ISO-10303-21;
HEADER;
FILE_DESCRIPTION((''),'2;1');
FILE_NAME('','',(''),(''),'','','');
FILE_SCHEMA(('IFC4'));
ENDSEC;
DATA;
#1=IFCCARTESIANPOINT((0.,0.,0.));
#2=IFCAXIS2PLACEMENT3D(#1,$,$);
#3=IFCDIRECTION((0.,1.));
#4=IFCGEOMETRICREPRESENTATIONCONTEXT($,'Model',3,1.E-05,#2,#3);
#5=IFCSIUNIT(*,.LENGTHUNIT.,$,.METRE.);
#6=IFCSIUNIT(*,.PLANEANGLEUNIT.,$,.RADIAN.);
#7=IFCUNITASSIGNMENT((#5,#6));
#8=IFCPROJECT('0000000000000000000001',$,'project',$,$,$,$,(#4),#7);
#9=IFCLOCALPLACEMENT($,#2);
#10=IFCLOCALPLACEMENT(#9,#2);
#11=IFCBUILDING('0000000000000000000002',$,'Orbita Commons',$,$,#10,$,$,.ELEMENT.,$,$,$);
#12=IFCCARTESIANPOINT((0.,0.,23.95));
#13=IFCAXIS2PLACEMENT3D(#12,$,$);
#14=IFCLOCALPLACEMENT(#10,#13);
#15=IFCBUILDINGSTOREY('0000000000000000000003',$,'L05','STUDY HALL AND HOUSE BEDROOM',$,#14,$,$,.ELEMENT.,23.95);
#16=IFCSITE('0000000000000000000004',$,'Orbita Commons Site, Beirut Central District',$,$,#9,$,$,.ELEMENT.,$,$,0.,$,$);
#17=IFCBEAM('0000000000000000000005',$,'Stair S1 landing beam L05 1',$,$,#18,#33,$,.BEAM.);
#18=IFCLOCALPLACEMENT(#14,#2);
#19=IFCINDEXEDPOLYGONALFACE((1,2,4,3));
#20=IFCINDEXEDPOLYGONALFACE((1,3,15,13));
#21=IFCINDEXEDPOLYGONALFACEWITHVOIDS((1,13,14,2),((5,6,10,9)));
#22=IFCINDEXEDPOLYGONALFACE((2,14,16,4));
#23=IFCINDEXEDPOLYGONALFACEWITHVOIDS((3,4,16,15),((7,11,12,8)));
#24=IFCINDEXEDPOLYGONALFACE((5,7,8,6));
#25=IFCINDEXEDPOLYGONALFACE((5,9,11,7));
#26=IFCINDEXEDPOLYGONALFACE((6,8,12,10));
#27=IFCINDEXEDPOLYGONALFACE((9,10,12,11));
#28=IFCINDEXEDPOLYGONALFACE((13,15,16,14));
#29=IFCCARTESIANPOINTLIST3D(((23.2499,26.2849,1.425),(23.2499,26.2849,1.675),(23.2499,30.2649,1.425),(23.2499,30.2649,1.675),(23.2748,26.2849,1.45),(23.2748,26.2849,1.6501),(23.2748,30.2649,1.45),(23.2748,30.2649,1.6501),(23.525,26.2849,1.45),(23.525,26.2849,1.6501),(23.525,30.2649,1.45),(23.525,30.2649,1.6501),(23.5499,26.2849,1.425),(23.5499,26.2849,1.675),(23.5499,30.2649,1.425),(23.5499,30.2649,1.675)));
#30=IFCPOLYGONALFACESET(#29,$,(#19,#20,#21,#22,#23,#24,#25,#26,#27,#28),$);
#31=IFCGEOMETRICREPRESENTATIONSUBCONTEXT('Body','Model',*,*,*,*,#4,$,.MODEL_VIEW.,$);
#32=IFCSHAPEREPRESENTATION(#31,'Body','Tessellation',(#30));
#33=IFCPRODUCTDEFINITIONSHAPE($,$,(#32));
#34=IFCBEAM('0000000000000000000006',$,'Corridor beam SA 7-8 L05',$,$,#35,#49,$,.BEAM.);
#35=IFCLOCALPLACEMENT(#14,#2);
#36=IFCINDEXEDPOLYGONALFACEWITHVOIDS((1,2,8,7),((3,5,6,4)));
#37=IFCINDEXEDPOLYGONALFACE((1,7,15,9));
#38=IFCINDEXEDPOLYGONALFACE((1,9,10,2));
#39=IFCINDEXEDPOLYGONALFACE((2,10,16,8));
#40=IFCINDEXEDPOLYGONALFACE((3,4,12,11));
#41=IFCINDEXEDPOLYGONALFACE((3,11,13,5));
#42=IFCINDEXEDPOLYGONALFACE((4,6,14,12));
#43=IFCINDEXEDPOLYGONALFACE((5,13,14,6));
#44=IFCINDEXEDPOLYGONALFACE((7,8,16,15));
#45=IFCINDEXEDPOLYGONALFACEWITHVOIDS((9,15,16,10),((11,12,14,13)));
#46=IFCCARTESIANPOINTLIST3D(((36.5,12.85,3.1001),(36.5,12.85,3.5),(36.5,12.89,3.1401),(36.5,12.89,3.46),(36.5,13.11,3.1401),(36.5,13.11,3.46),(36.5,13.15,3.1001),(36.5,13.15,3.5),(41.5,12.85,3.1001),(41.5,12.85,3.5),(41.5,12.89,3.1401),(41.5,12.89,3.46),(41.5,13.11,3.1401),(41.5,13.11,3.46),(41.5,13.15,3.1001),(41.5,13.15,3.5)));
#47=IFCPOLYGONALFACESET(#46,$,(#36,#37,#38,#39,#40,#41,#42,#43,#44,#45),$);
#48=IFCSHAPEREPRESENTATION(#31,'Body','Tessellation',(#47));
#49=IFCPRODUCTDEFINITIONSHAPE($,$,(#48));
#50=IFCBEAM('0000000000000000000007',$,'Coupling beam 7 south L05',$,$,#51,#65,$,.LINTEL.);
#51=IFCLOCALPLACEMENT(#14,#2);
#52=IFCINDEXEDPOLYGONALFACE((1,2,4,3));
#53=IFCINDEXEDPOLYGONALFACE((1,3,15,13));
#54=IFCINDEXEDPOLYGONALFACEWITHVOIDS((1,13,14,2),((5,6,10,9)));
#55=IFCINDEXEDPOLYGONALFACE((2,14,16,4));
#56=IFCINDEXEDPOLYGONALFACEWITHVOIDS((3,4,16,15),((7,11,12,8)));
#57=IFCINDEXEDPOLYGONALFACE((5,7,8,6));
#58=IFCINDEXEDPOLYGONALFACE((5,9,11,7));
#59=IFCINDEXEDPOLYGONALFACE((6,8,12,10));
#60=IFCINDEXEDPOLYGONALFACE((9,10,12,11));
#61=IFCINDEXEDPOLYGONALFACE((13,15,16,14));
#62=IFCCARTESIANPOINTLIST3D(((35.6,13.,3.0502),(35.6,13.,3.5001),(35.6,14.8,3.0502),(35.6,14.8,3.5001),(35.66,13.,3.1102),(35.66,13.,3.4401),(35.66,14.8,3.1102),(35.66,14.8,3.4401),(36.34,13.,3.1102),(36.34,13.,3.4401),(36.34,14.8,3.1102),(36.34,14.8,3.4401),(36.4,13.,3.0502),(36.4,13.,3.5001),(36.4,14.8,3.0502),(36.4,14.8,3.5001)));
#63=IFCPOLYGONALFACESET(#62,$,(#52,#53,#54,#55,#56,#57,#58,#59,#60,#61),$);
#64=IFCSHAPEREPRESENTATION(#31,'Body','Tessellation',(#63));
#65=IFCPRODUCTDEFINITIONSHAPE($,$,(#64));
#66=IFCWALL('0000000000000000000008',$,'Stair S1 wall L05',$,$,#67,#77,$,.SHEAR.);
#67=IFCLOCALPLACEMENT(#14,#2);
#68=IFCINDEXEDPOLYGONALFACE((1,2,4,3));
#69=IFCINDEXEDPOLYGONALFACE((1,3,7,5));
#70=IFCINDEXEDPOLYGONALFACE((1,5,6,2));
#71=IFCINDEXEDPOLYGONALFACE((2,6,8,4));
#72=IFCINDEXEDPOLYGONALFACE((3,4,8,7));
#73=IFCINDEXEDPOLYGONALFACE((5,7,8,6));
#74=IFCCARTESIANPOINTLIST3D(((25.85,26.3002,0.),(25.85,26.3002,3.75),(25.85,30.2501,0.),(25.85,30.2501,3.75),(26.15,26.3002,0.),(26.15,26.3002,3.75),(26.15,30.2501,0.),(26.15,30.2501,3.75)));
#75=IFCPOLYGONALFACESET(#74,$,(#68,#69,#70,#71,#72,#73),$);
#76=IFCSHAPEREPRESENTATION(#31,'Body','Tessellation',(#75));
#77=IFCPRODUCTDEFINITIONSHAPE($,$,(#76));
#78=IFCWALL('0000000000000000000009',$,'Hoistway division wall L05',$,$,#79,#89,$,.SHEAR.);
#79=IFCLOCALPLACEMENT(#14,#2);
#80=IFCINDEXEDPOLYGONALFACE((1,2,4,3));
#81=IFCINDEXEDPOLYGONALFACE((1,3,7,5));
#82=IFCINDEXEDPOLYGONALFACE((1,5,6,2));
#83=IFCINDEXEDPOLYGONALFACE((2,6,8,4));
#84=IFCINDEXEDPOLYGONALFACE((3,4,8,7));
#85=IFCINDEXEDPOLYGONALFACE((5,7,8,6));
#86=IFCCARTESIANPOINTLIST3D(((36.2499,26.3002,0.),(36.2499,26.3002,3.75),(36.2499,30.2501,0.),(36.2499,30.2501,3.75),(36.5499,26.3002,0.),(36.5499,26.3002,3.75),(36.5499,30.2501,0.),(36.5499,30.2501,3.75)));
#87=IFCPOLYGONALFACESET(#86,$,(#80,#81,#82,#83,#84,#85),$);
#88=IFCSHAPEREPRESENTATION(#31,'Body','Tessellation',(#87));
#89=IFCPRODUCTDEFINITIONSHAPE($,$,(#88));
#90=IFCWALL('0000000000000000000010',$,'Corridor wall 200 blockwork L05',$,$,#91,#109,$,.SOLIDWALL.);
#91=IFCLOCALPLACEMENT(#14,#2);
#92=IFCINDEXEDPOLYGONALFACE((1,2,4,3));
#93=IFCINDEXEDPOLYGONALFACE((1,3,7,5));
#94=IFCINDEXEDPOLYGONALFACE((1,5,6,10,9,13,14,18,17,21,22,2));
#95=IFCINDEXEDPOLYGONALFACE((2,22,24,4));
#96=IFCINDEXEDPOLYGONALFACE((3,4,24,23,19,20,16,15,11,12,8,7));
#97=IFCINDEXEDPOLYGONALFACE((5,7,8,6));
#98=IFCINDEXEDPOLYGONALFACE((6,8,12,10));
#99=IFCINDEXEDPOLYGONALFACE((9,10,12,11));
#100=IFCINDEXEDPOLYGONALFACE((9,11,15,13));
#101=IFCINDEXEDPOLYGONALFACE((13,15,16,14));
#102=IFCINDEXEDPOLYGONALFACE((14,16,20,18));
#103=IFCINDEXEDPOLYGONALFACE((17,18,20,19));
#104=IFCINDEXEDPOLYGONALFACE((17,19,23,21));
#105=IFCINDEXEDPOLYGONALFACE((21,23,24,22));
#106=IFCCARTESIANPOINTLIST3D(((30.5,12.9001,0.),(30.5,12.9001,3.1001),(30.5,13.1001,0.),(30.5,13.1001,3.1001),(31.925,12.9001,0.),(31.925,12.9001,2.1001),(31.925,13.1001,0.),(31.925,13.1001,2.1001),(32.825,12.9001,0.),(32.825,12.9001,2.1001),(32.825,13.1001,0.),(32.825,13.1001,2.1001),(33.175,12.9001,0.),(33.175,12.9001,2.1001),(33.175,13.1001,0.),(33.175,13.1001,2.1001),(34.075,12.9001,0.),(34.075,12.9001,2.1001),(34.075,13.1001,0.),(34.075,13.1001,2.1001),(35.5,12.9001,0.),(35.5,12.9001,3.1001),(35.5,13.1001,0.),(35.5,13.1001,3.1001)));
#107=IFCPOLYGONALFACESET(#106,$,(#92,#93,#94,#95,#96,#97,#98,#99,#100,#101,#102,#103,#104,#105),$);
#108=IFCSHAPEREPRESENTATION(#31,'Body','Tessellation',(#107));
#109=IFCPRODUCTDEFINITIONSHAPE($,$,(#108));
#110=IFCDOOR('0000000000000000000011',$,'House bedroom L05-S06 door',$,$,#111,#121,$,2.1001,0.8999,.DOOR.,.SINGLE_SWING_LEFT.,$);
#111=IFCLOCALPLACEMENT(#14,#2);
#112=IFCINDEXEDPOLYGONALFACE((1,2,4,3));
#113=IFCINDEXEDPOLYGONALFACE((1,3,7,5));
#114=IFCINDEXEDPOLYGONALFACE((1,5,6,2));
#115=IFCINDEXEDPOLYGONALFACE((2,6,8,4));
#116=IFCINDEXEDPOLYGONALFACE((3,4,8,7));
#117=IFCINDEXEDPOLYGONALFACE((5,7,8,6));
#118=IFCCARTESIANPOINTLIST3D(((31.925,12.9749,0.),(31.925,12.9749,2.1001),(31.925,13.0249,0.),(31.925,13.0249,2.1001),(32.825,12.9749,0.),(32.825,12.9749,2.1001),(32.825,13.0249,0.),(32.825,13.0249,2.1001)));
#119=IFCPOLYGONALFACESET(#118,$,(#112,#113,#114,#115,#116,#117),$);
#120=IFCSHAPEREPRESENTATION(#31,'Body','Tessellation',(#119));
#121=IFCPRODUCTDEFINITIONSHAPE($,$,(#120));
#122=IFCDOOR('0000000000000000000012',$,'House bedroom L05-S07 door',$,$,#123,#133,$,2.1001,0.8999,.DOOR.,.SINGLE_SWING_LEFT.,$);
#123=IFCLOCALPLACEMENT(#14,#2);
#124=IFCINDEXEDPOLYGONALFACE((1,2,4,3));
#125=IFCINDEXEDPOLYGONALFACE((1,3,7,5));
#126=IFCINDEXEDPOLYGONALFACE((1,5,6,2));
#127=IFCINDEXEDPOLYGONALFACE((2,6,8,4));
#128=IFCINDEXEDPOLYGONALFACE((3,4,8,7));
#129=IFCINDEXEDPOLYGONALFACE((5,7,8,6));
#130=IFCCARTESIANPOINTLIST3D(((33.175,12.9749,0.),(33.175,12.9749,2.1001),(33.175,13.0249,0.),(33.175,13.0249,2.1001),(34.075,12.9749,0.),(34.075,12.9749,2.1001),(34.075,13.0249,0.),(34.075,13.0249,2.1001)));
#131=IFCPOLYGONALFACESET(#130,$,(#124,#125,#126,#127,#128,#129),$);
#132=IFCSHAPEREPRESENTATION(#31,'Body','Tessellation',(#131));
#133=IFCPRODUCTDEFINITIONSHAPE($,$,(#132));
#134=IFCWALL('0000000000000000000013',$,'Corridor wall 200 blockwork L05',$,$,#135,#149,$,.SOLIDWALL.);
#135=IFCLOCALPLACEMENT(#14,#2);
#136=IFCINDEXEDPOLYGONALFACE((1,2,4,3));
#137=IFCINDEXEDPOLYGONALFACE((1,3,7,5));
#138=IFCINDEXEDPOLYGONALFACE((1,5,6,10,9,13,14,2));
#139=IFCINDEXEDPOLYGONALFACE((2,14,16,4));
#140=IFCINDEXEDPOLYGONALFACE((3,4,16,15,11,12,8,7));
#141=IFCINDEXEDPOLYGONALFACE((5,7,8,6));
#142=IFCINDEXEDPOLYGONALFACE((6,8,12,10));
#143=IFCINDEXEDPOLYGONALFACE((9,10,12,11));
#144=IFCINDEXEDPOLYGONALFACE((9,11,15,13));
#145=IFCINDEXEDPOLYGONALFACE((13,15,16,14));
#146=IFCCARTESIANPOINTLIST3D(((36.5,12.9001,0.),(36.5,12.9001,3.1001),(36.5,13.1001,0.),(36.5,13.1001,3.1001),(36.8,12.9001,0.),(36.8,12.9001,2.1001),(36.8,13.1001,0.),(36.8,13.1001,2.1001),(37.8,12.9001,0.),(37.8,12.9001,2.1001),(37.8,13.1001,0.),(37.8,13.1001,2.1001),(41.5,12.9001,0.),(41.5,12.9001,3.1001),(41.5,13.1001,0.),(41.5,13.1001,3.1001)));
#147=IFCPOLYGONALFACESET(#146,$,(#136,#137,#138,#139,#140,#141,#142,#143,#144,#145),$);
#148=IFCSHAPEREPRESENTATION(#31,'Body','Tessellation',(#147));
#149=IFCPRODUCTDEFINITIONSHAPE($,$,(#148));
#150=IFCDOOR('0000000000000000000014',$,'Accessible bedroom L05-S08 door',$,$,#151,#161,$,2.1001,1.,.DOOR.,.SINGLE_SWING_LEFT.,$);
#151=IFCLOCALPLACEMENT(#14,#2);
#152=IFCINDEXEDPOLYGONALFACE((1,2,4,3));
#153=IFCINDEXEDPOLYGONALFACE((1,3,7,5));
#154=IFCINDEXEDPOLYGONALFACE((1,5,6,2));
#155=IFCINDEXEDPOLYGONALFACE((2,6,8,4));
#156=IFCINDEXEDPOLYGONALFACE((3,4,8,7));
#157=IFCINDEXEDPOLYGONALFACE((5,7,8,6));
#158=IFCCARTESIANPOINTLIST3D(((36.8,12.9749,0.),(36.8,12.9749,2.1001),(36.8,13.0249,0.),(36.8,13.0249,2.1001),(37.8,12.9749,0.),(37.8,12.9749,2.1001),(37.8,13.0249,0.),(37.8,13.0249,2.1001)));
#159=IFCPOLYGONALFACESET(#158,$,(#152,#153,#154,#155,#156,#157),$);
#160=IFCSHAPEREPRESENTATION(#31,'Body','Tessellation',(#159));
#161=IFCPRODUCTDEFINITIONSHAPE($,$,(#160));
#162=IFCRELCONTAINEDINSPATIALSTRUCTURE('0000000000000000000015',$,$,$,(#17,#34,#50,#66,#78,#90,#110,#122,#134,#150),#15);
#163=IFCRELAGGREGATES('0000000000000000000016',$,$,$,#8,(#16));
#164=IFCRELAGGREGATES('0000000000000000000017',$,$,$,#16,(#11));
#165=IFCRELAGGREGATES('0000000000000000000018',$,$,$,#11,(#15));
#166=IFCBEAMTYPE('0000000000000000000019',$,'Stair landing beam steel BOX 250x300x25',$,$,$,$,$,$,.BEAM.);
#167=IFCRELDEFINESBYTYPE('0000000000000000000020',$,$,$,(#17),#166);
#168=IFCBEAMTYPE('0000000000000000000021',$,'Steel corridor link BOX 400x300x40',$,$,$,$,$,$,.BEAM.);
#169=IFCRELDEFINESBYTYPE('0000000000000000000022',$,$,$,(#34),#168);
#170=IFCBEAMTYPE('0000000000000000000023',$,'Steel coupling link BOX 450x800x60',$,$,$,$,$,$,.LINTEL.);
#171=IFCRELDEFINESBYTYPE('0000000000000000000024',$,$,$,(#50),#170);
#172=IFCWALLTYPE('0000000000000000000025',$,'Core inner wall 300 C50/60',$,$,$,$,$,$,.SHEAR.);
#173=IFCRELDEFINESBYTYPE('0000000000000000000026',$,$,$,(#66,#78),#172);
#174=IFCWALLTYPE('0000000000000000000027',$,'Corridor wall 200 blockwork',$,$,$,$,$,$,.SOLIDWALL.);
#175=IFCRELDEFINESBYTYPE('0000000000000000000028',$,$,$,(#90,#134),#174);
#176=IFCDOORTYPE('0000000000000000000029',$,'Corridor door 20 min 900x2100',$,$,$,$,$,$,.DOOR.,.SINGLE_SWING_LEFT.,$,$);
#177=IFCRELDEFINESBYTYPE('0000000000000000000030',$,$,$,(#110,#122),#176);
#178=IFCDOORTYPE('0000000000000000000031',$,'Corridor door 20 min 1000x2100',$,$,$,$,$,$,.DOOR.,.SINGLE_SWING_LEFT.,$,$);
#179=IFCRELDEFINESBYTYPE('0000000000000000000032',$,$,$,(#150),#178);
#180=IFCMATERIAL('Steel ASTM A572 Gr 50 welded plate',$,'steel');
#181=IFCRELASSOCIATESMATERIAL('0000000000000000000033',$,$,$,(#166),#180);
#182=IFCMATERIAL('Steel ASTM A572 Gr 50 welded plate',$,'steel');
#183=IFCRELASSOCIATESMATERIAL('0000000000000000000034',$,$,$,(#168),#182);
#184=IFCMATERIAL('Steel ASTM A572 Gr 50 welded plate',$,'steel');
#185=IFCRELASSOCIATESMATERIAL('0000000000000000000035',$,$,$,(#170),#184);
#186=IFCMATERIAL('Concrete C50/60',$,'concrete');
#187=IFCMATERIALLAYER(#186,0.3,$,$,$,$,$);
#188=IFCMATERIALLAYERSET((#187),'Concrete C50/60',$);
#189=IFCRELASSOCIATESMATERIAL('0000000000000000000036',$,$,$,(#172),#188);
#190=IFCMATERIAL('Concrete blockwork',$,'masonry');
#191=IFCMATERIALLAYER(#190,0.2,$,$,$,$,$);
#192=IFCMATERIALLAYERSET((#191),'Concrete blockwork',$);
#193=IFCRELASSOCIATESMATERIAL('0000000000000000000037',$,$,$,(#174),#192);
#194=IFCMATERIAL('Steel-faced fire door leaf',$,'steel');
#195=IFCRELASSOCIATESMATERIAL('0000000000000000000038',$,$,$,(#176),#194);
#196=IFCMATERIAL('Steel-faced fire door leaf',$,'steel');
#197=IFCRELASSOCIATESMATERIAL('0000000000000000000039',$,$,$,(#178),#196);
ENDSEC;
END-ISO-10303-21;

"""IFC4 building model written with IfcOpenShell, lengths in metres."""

from ifc_helpers import new_model, si_unit, direction, frame, frame_2d, origin, origin_2d, place, context, subcontext, project, spatial, polyline, rectangle, hollow_rectangle, outline, extrude, material, layer, layer_set, material_profile, profile_set, type_object, element, fill, save


model = new_model("IFC4")

# Units and contexts
model_context = context("Model", 3, precision=1e-05, world=origin(), true_north=direction((0.0, 1.0)))
body_context = subcontext(model_context, "Body", "Model", "MODEL_VIEW")
ifc_project = project(units=[si_unit("LENGTHUNIT", "METRE"), si_unit("PLANEANGLEUNIT", "RADIAN")], contexts=[model_context])

# Site, building, storey
site_placement = place(None, origin())
site = spatial("IfcSite", under=ifc_project, at=site_placement, Name="Orbita Commons Site, Beirut Central District", CompositionType="ELEMENT", RefElevation=0.0)
building_placement = place(site_placement, origin())
building = spatial("IfcBuilding", under=site, at=building_placement, Name="Orbita Commons", CompositionType="ELEMENT")
storey_placement = place(building_placement, frame((0.0, 0.0, 23.95)))
storey = spatial("IfcBuildingStorey", under=building, at=storey_placement, Name="L05", Description="STUDY HALL AND HOUSE BEDROOM", CompositionType="ELEMENT", Elevation=23.95)

# Beams
ifc_material_1 = material(Name="Steel ASTM A572 Gr 50 welded plate", Category="steel")
ifc_material_profile_1 = material_profile(ifc_material_1, hollow_rectangle(XDim=0.3, YDim=0.25, WallThickness=0.0249, at=origin_2d()), Name="BOX 250x300x25")
ifc_profile_set_1 = profile_set([ifc_material_profile_1], Name="Steel ASTM A572 Gr 50 welded plate")
beam_type_1 = type_object("IfcBeamType", Name="Stair landing beam steel BOX 250x300x25", PredefinedType="BEAM", material=ifc_profile_set_1)
beam_1_placement = place(storey_placement, frame((23.3999, 26.2849, 1.55), z_axis=(0.0, 1.0, 0.0), x_axis=(-1.0, 0.0, 0.0)))
element("IfcBeam", 1, at=beam_1_placement, inside=storey, type_object=beam_type_1, Name="Stair S1 landing beam L05 1", PredefinedType="BEAM", context=body_context, shape_type="SweptSolid", body=[
    extrude(hollow_rectangle(XDim=0.3, YDim=0.25, WallThickness=0.0249, at=origin_2d()), origin(), (0.0, 0.0, 1.0), 3.98),
])
ifc_material_2 = material(Name="Steel ASTM A572 Gr 50 welded plate", Category="steel")
ifc_material_profile_2 = material_profile(ifc_material_2, hollow_rectangle(XDim=0.3, YDim=0.3999, WallThickness=0.04, at=origin_2d()), Name="BOX 400x300x40")
ifc_profile_set_2 = profile_set([ifc_material_profile_2], Name="Steel ASTM A572 Gr 50 welded plate")
beam_type_2 = type_object("IfcBeamType", Name="Steel corridor link BOX 400x300x40", PredefinedType="BEAM", material=ifc_profile_set_2)
beam_2_placement = place(storey_placement, frame((36.5, 13.0, 3.3), z_axis=(1.0, 0.0, 0.0), x_axis=(0.0, 1.0, 0.0)))
element("IfcBeam", 2, at=beam_2_placement, inside=storey, type_object=beam_type_2, Name="Corridor beam SA 7-8 L05", PredefinedType="BEAM", context=body_context, shape_type="SweptSolid", body=[
    extrude(hollow_rectangle(XDim=0.3, YDim=0.3999, WallThickness=0.04, at=origin_2d()), origin(), (0.0, 0.0, 1.0), 5.0),
])
ifc_material_3 = material(Name="Steel ASTM A572 Gr 50 welded plate", Category="steel")
ifc_material_profile_3 = material_profile(ifc_material_3, hollow_rectangle(XDim=0.8, YDim=0.45, WallThickness=0.0601, at=origin_2d()), Name="BOX 450x800x60")
ifc_profile_set_3 = profile_set([ifc_material_profile_3], Name="Steel ASTM A572 Gr 50 welded plate")
beam_type_3 = type_object("IfcBeamType", Name="Steel coupling link BOX 450x800x60", PredefinedType="LINTEL", material=ifc_profile_set_3)
beam_3_placement = place(storey_placement, frame((36.0, 13.0, 3.2751), z_axis=(0.0, 1.0, 0.0), x_axis=(-1.0, 0.0, 0.0)))
element("IfcBeam", 3, at=beam_3_placement, inside=storey, type_object=beam_type_3, Name="Coupling beam 7 south L05", PredefinedType="LINTEL", context=body_context, shape_type="SweptSolid", body=[
    extrude(hollow_rectangle(XDim=0.8, YDim=0.45, WallThickness=0.0601, at=origin_2d()), origin(), (0.0, 0.0, 1.0), 1.8),
])

# Walls
ifc_material_4 = material(Name="Concrete C50/60", Category="concrete")
ifc_layer_1 = layer(ifc_material_4, 0.3)
ifc_layer_set_1 = layer_set([ifc_layer_1], Name="Concrete C50/60")
wall_type_1 = type_object("IfcWallType", Name="Core inner wall 300 C50/60", PredefinedType="SHEAR", material=ifc_layer_set_1)
for number, where, z_axis, x_axis, name in (
    (4, (26.0, 26.3, 0.0), (0.0, 0.0, 1.0), (0.0, 1.0, 0.0), "Stair S1 wall L05"),
    (5, (36.3999, 26.3, 0.0), (0.0, 0.0, 1.0), (0.0, 1.0, 0.0), "Hoistway division wall L05"),
):
    element("IfcWall", number, at=place(storey_placement, frame(where, z_axis=z_axis, x_axis=x_axis)), inside=storey, type_object=wall_type_1, Name=name, PredefinedType="SHEAR", context=body_context, shape_type="SweptSolid", body=[
        extrude(rectangle(XDim=3.95, YDim=0.3, at=frame_2d((1.9751, 0.0))), origin(), (0.0, 0.0, 1.0), 3.75),
    ])

# Wall, openings, doors
ifc_material_5 = material(Name="Concrete blockwork", Category="masonry")
ifc_layer_2 = layer(ifc_material_5, 0.2)
ifc_layer_set_2 = layer_set([ifc_layer_2], Name="Concrete blockwork")
wall_type_2 = type_object("IfcWallType", Name="Corridor wall 200 blockwork", PredefinedType="SOLIDWALL", material=ifc_layer_set_2)
wall_1_placement = place(storey_placement, frame((30.5, 13.0, 0.0), z_axis=(0.0, 0.0, 1.0), x_axis=(1.0, 0.0, 0.0)))
wall_1 = element("IfcWall", 6, at=wall_1_placement, inside=storey, type_object=wall_type_2, Name="Corridor wall 200 blockwork L05", PredefinedType="SOLIDWALL", context=body_context, shape_type="SweptSolid", body=[
    extrude(outline(polyline([(0.0, 0.0), (5.0, 0.0), (5.0, 3.1001), (0.0, 3.1001), (0.0, 0.0)])), frame((0.0, 0.1001, 0.0), z_axis=(0.0, -1.0, 0.0), x_axis=(1.0, 0.0, 0.0)), (0.0, 0.0, 1.0), 0.2),
])
opening_1_placement = place(wall_1_placement, frame((1.425, 0.0, 0.0)))
opening_1 = element("IfcOpeningElement", 7, at=opening_1_placement, cuts=wall_1, PredefinedType="OPENING", context=body_context, shape_type="SweptSolid", body=[
    extrude(rectangle(XDim=0.8999, YDim=2.1001, at=frame_2d((0.45, 1.05))), frame((0.0, 0.1099, 0.0), z_axis=(0.0, -1.0, 0.0), x_axis=(1.0, 0.0, 0.0)), (0.0, 0.0, 1.0), 0.22),
])
opening_2_placement = place(wall_1_placement, frame((2.675, 0.0, 0.0)))
opening_2 = element("IfcOpeningElement", 8, at=opening_2_placement, cuts=wall_1, PredefinedType="OPENING", context=body_context, shape_type="SweptSolid", body=[
    extrude(rectangle(XDim=0.8999, YDim=2.1001, at=frame_2d((0.45, 1.05))), frame((0.0, 0.1099, 0.0), z_axis=(0.0, -1.0, 0.0), x_axis=(1.0, 0.0, 0.0)), (0.0, 0.0, 1.0), 0.22),
])
ifc_material_6 = material(Name="Steel-faced fire door leaf", Category="steel")
door_type_1 = type_object("IfcDoorType", Name="Corridor door 20 min 900x2100", OperationType="SINGLE_SWING_LEFT", PredefinedType="DOOR", material=ifc_material_6)
door_1_placement = place(opening_1_placement, origin())
door_1 = element("IfcDoor", 9, at=door_1_placement, inside=storey, type_object=door_type_1, Name="House bedroom L05-S06 door", OperationType="SINGLE_SWING_LEFT", OverallHeight=2.1001, OverallWidth=0.8999, PredefinedType="DOOR", context=body_context, shape_type="SweptSolid", body=[
    extrude(rectangle(XDim=0.8999, YDim=2.1001, at=frame_2d((0.45, 1.05))), frame((0.0, 0.0249, 0.0), z_axis=(0.0, -1.0, 0.0), x_axis=(1.0, 0.0, 0.0)), (0.0, 0.0, 1.0), 0.05),
])
fill(opening_1, door_1)
door_2_placement = place(opening_2_placement, origin())
door_2 = element("IfcDoor", 10, at=door_2_placement, inside=storey, type_object=door_type_1, Name="House bedroom L05-S07 door", OperationType="SINGLE_SWING_LEFT", OverallHeight=2.1001, OverallWidth=0.8999, PredefinedType="DOOR", context=body_context, shape_type="SweptSolid", body=[
    extrude(rectangle(XDim=0.8999, YDim=2.1001, at=frame_2d((0.45, 1.05))), frame((0.0, 0.0249, 0.0), z_axis=(0.0, -1.0, 0.0), x_axis=(1.0, 0.0, 0.0)), (0.0, 0.0, 1.0), 0.05),
])
fill(opening_2, door_2)

# Wall, opening, door
wall_2_placement = place(storey_placement, frame((36.5, 13.0, 0.0), z_axis=(0.0, 0.0, 1.0), x_axis=(1.0, 0.0, 0.0)))
wall_2 = element("IfcWall", 11, at=wall_2_placement, inside=storey, type_object=wall_type_2, Name="Corridor wall 200 blockwork L05", PredefinedType="SOLIDWALL", context=body_context, shape_type="SweptSolid", body=[
    extrude(outline(polyline([(0.0, 0.0), (5.0, 0.0), (5.0, 3.1001), (0.0, 3.1001), (0.0, 0.0)])), frame((0.0, 0.1001, 0.0), z_axis=(0.0, -1.0, 0.0), x_axis=(1.0, 0.0, 0.0)), (0.0, 0.0, 1.0), 0.2),
])
opening_3_placement = place(wall_2_placement, frame((0.3, 0.0, 0.0)))
opening_3 = element("IfcOpeningElement", 12, at=opening_3_placement, cuts=wall_2, PredefinedType="OPENING", context=body_context, shape_type="SweptSolid", body=[
    extrude(rectangle(XDim=1.0, YDim=2.1001, at=frame_2d((0.5, 1.05))), frame((0.0, 0.1099, 0.0), z_axis=(0.0, -1.0, 0.0), x_axis=(1.0, 0.0, 0.0)), (0.0, 0.0, 1.0), 0.22),
])
ifc_material_7 = material(Name="Steel-faced fire door leaf", Category="steel")
door_type_2 = type_object("IfcDoorType", Name="Corridor door 20 min 1000x2100", OperationType="SINGLE_SWING_LEFT", PredefinedType="DOOR", material=ifc_material_7)
door_3_placement = place(opening_3_placement, origin())
door_3 = element("IfcDoor", 13, at=door_3_placement, inside=storey, type_object=door_type_2, Name="Accessible bedroom L05-S08 door", OperationType="SINGLE_SWING_LEFT", OverallHeight=2.1001, OverallWidth=1.0, PredefinedType="DOOR", context=body_context, shape_type="SweptSolid", body=[
    extrude(rectangle(XDim=1.0, YDim=2.1001, at=frame_2d((0.5, 1.05))), frame((0.0, 0.0249, 0.0), z_axis=(0.0, -1.0, 0.0), x_axis=(1.0, 0.0, 0.0)), (0.0, 0.0, 1.0), 0.05),
])
fill(opening_3, door_3)

save(model, "model.ifc")
